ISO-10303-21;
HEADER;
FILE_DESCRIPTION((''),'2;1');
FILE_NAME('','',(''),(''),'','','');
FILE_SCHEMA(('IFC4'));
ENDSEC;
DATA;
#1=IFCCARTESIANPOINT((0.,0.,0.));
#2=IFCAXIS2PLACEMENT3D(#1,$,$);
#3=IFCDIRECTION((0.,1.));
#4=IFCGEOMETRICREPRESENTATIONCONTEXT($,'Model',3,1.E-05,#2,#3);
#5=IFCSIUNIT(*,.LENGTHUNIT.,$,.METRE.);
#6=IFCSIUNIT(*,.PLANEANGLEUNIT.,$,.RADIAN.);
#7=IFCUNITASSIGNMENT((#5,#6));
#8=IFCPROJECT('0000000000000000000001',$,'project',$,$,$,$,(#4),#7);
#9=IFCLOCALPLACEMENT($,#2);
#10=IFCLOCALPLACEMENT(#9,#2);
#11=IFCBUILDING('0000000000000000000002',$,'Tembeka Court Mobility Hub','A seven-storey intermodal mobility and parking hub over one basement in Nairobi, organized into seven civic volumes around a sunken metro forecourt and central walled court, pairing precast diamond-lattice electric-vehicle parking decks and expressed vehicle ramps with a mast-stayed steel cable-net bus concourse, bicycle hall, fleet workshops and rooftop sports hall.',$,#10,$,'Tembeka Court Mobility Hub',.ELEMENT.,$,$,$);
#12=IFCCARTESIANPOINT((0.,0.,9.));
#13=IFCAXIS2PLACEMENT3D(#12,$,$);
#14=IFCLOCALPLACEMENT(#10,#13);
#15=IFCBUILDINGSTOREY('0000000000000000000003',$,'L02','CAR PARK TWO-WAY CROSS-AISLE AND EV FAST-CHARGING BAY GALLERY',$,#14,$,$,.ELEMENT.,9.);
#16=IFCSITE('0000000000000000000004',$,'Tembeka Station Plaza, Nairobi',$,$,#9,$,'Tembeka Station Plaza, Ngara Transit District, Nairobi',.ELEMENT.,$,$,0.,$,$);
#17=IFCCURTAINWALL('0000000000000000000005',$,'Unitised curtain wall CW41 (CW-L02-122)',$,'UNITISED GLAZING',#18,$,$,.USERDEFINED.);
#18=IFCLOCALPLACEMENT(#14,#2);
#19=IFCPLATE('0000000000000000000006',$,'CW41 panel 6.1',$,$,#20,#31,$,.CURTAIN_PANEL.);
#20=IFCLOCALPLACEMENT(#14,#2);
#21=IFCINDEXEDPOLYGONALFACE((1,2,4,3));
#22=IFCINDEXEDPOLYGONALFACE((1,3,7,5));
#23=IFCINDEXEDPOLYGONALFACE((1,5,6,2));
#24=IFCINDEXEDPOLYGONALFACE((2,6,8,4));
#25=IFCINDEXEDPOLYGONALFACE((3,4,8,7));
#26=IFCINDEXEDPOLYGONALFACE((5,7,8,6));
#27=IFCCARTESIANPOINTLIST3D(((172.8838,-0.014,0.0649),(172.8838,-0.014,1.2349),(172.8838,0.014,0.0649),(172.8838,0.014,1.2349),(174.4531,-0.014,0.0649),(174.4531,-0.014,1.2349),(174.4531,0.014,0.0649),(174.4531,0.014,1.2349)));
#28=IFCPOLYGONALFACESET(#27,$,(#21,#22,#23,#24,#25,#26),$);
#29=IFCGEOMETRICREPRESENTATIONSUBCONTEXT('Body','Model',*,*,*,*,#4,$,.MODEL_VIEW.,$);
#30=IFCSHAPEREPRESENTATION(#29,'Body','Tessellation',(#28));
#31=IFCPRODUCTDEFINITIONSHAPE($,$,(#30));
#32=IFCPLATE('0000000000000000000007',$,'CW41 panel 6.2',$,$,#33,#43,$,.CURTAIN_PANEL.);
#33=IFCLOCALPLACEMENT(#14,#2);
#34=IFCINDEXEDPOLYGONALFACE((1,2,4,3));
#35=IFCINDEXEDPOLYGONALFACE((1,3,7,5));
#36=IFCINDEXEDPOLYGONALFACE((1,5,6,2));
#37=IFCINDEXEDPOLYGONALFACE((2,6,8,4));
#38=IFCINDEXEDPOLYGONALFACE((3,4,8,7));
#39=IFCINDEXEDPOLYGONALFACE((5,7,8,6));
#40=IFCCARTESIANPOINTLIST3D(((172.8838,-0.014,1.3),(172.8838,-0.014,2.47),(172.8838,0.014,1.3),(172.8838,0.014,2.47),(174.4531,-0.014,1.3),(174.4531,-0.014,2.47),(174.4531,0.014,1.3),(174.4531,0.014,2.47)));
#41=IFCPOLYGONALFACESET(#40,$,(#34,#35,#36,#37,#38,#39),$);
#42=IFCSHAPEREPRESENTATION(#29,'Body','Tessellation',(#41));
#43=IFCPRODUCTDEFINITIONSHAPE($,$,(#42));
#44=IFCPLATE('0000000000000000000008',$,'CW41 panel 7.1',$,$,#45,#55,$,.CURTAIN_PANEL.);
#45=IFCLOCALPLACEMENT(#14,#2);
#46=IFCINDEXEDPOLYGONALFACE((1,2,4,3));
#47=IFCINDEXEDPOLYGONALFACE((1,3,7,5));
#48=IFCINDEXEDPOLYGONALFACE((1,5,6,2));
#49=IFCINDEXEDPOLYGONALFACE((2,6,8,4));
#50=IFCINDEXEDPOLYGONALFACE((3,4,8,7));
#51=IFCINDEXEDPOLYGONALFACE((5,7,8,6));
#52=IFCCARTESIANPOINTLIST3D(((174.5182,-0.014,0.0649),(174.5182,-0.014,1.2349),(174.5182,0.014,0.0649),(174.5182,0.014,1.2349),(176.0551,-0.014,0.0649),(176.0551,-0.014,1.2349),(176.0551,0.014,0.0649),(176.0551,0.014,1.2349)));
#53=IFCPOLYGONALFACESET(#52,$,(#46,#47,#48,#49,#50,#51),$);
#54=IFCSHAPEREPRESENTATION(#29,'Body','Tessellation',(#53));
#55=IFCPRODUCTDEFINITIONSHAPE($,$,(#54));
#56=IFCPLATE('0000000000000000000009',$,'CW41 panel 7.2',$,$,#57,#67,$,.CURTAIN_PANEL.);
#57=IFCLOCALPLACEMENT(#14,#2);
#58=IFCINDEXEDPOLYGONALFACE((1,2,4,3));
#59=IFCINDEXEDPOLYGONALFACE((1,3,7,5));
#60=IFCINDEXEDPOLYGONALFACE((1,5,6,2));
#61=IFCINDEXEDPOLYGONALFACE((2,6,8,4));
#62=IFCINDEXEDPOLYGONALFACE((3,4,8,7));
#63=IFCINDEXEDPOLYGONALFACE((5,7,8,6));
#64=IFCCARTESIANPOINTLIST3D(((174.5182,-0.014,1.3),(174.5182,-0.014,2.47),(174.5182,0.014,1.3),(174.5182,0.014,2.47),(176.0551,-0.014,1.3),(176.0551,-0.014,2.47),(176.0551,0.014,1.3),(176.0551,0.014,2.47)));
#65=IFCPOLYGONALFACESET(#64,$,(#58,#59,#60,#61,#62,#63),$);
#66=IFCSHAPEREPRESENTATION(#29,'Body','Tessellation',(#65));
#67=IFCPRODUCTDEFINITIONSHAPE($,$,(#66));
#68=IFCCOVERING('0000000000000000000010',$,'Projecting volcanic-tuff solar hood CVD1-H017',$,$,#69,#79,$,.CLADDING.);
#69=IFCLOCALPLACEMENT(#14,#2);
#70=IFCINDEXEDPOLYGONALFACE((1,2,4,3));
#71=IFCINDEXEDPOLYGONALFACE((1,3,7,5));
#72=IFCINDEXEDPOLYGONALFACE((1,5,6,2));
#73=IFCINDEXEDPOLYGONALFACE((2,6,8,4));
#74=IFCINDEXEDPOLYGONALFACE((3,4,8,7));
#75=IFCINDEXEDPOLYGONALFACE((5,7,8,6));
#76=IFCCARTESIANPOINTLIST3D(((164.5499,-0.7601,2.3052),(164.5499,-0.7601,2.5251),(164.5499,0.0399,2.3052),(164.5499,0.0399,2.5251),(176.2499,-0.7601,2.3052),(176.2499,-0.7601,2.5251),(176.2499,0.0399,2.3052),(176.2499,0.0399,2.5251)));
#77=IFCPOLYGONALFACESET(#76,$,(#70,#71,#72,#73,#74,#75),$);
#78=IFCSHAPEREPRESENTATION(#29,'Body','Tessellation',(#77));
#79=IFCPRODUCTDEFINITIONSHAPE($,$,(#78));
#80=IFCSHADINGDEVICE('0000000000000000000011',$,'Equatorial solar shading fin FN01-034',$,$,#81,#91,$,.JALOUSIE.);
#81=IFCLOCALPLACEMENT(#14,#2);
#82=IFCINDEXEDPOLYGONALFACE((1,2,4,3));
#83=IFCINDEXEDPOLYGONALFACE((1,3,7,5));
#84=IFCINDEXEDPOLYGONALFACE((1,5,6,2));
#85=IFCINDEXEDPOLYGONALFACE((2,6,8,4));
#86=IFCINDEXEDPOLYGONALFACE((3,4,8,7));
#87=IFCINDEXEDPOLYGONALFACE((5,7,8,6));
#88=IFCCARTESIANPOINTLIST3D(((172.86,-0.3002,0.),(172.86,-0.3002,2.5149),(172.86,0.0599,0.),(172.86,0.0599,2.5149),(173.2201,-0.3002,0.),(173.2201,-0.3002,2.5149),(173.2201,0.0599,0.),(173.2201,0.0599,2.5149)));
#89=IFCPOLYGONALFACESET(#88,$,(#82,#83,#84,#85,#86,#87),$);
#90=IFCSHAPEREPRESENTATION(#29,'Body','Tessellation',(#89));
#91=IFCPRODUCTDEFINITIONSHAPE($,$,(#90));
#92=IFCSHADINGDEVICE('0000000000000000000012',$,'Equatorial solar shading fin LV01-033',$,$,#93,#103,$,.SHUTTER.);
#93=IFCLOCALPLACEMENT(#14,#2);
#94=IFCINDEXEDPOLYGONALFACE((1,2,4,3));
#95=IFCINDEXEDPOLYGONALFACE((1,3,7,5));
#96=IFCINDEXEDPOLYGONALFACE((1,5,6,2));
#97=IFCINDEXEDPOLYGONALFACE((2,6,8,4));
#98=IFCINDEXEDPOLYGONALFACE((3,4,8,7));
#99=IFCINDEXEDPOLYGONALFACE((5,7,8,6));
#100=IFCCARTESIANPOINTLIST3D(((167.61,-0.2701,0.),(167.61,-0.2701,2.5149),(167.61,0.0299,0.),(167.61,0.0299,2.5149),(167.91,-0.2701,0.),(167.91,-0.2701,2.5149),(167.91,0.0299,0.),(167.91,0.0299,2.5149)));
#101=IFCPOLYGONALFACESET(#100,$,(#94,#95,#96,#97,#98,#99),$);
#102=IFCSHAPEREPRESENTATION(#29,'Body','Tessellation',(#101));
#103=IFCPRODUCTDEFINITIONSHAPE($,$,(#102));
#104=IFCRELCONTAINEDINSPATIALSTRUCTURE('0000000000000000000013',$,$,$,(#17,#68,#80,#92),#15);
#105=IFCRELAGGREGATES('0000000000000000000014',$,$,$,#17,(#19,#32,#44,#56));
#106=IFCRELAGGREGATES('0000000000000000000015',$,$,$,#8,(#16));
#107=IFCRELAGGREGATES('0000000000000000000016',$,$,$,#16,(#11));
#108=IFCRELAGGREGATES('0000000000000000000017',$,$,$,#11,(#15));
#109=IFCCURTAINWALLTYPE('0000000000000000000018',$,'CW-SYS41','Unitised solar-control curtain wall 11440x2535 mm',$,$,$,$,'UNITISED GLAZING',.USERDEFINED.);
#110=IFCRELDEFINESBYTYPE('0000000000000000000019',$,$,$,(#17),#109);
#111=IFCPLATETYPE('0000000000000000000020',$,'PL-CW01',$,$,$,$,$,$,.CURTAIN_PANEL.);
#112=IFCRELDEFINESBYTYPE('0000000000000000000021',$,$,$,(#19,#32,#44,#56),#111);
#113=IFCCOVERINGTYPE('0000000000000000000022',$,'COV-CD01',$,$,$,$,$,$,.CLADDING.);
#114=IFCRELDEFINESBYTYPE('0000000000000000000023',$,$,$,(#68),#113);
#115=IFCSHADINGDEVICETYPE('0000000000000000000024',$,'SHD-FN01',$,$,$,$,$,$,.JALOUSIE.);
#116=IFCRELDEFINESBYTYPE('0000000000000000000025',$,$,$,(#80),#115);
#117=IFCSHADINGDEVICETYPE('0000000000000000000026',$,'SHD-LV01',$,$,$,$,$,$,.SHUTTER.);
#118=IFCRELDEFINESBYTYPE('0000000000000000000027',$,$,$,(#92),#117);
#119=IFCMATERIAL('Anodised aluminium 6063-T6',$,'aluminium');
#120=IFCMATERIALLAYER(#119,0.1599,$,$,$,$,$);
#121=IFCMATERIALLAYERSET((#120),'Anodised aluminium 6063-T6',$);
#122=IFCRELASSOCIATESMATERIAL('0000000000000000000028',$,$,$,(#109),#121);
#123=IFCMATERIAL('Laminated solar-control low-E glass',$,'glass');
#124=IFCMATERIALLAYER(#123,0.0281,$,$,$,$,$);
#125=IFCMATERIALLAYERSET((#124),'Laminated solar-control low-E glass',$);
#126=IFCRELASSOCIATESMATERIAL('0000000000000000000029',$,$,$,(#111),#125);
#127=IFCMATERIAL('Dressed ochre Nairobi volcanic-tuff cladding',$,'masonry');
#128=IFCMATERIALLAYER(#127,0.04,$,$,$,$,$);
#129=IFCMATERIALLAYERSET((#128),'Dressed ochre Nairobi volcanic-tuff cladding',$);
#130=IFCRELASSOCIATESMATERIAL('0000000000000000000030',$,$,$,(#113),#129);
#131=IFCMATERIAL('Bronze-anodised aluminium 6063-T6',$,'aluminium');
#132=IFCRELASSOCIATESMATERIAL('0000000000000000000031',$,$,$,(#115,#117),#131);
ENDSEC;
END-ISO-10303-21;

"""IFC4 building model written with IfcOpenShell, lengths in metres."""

from ifc_helpers import new_model, si_unit, direction, frame, origin, origin_2d, place, context, subcontext, project, spatial, rectangle, extrude, material, layer, layer_set, material_profile, profile_set, type_object, element, aggregate, save


model = new_model("IFC4")

# Units and contexts
model_context = context("Model", 3, precision=1e-05, world=origin(), true_north=direction((0.0, 1.0)))
body_context = subcontext(model_context, "Body", "Model", "MODEL_VIEW")
ifc_project = project(units=[si_unit("LENGTHUNIT", "METRE"), si_unit("PLANEANGLEUNIT", "RADIAN")], contexts=[model_context])

# Site, building, storey
site_placement = place(None, origin())
site = spatial("IfcSite", under=ifc_project, at=site_placement, Name="Tembeka Station Plaza, Nairobi", LongName="Tembeka Station Plaza, Ngara Transit District, Nairobi", CompositionType="ELEMENT", RefElevation=0.0)
building_placement = place(site_placement, origin())
building = spatial("IfcBuilding", under=site, at=building_placement, Name="Tembeka Court Mobility Hub", Description="A seven-storey intermodal mobility and parking hub over one basement in Nairobi, organized into seven civic volumes around a sunken metro forecourt and central walled court, pairing precast diamond-lattice electric-vehicle parking decks and expressed vehicle ramps with a mast-stayed steel cable-net bus concourse, bicycle hall, fleet workshops and rooftop sports hall.", LongName="Tembeka Court Mobility Hub", CompositionType="ELEMENT")
storey_placement = place(building_placement, frame((0.0, 0.0, 9.0)))
storey = spatial("IfcBuildingStorey", under=building, at=storey_placement, Name="L02", Description="CAR PARK TWO-WAY CROSS-AISLE AND EV FAST-CHARGING BAY GALLERY", CompositionType="ELEMENT", Elevation=9.0)

# Curtain wall, plates
ifc_material_1 = material(Name="Anodised aluminium 6063-T6", Category="aluminium")
ifc_layer_1 = layer(ifc_material_1, 0.1599)
ifc_layer_set_1 = layer_set([ifc_layer_1], Name="Anodised aluminium 6063-T6")
curtain_wall_type = type_object("IfcCurtainWallType", Name="CW-SYS41", Description="Unitised solar-control curtain wall 11440x2535 mm", ElementType="UNITISED GLAZING", PredefinedType="USERDEFINED", material=ifc_layer_set_1)
curtain_wall_placement = place(storey_placement, origin())
curtain_wall = element("IfcCurtainWall", 1, at=curtain_wall_placement, inside=storey, type_object=curtain_wall_type, Name="Unitised curtain wall CW41 (CW-L02-122)", ObjectType="UNITISED GLAZING", PredefinedType="USERDEFINED")
ifc_material_2 = material(Name="Laminated solar-control low-E glass", Category="glass")
ifc_layer_2 = layer(ifc_material_2, 0.0281)
ifc_layer_set_2 = layer_set([ifc_layer_2], Name="Laminated solar-control low-E glass")
plate_type = type_object("IfcPlateType", Name="PL-CW01", PredefinedType="CURTAIN_PANEL", material=ifc_layer_set_2)
plate_1_placement = place(storey_placement, frame((173.6685, 0.0, 0.0649), z_axis=(0.0, 0.0, 1.0), x_axis=(1.0, 0.0, 0.0)))
plate_1 = element("IfcPlate", 2, at=plate_1_placement, type_object=plate_type, Name="CW41 panel 6.1", PredefinedType="CURTAIN_PANEL", context=body_context, shape_type="SweptSolid", body=[
    extrude(rectangle(XDim=1.5693, YDim=0.0281, at=origin_2d()), origin(), (0.0, 0.0, 1.0), 1.1699),
])
plate_2_placement = place(storey_placement, frame((173.6685, 0.0, 1.3), z_axis=(0.0, 0.0, 1.0), x_axis=(1.0, 0.0, 0.0)))
plate_2 = element("IfcPlate", 3, at=plate_2_placement, type_object=plate_type, Name="CW41 panel 6.2", PredefinedType="CURTAIN_PANEL", context=body_context, shape_type="SweptSolid", body=[
    extrude(rectangle(XDim=1.5693, YDim=0.0281, at=origin_2d()), origin(), (0.0, 0.0, 1.0), 1.1699),
])
plate_3_placement = place(storey_placement, frame((175.2866, 0.0, 0.0649), z_axis=(0.0, 0.0, 1.0), x_axis=(1.0, 0.0, 0.0)))
plate_3 = element("IfcPlate", 4, at=plate_3_placement, type_object=plate_type, Name="CW41 panel 7.1", PredefinedType="CURTAIN_PANEL", context=body_context, shape_type="SweptSolid", body=[
    extrude(rectangle(XDim=1.5369, YDim=0.0281, at=origin_2d()), origin(), (0.0, 0.0, 1.0), 1.1699),
])
plate_4_placement = place(storey_placement, frame((175.2866, 0.0, 1.3), z_axis=(0.0, 0.0, 1.0), x_axis=(1.0, 0.0, 0.0)))
plate_4 = element("IfcPlate", 5, at=plate_4_placement, type_object=plate_type, Name="CW41 panel 7.2", PredefinedType="CURTAIN_PANEL", context=body_context, shape_type="SweptSolid", body=[
    extrude(rectangle(XDim=1.5369, YDim=0.0281, at=origin_2d()), origin(), (0.0, 0.0, 1.0), 1.1699),
])
aggregate(curtain_wall, [plate_1, plate_2, plate_3, plate_4])

# Covering
ifc_material_3 = material(Name="Dressed ochre Nairobi volcanic-tuff cladding", Category="masonry")
ifc_layer_3 = layer(ifc_material_3, 0.04)
ifc_layer_set_3 = layer_set([ifc_layer_3], Name="Dressed ochre Nairobi volcanic-tuff cladding")
covering_type = type_object("IfcCoveringType", Name="COV-CD01", PredefinedType="CLADDING", material=ifc_layer_set_3)
covering_placement = place(storey_placement, frame((170.3999, -0.3601, 2.3052), z_axis=(0.0, 0.0, 1.0), x_axis=(1.0, 0.0, 0.0)))
element("IfcCovering", 6, at=covering_placement, inside=storey, type_object=covering_type, Name="Projecting volcanic-tuff solar hood CVD1-H017", PredefinedType="CLADDING", context=body_context, shape_type="SweptSolid", body=[
    extrude(rectangle(XDim=11.7, YDim=0.8, at=origin_2d()), origin(), (0.0, 0.0, 1.0), 0.22),
])

# Shading devices
ifc_material_4 = material(Name="Bronze-anodised aluminium 6063-T6", Category="aluminium")
ifc_material_profile_1 = material_profile(ifc_material_4, rectangle(XDim=0.3601, YDim=0.3601, at=origin_2d()), Name="ALU-FIN 360x360")
ifc_profile_set_1 = profile_set([ifc_material_profile_1], Name="Bronze-anodised aluminium 6063-T6")
shading_device_type_1 = type_object("IfcShadingDeviceType", Name="SHD-FN01", PredefinedType="JALOUSIE", material=ifc_profile_set_1)
shading_device_1_placement = place(storey_placement, frame((173.04, -0.1201, 0.0), z_axis=(0.0, 0.0, 1.0), x_axis=(1.0, 0.0, 0.0)))
element("IfcShadingDevice", 7, at=shading_device_1_placement, inside=storey, type_object=shading_device_type_1, Name="Equatorial solar shading fin FN01-034", PredefinedType="JALOUSIE", context=body_context, shape_type="SweptSolid", body=[
    extrude(rectangle(XDim=0.3601, YDim=0.3601, at=origin_2d()), origin(), (0.0, 0.0, 1.0), 2.5149),
])
ifc_material_profile_2 = material_profile(ifc_material_4, rectangle(XDim=0.3, YDim=0.3, at=origin_2d()), Name="ALU-LVR 300x300")
ifc_profile_set_2 = profile_set([ifc_material_profile_2], Name="Bronze-anodised aluminium 6063-T6")
shading_device_type_2 = type_object("IfcShadingDeviceType", Name="SHD-LV01", PredefinedType="SHUTTER", material=ifc_profile_set_2)
shading_device_2_placement = place(storey_placement, frame((167.76, -0.1201, 0.0), z_axis=(0.0, 0.0, 1.0), x_axis=(1.0, 0.0, 0.0)))
element("IfcShadingDevice", 8, at=shading_device_2_placement, inside=storey, type_object=shading_device_type_2, Name="Equatorial solar shading fin LV01-033", PredefinedType="SHUTTER", context=body_context, shape_type="SweptSolid", body=[
    extrude(rectangle(XDim=0.3, YDim=0.3, at=origin_2d()), origin(), (0.0, 0.0, 1.0), 2.5149),
])

save(model, "model.ifc")
